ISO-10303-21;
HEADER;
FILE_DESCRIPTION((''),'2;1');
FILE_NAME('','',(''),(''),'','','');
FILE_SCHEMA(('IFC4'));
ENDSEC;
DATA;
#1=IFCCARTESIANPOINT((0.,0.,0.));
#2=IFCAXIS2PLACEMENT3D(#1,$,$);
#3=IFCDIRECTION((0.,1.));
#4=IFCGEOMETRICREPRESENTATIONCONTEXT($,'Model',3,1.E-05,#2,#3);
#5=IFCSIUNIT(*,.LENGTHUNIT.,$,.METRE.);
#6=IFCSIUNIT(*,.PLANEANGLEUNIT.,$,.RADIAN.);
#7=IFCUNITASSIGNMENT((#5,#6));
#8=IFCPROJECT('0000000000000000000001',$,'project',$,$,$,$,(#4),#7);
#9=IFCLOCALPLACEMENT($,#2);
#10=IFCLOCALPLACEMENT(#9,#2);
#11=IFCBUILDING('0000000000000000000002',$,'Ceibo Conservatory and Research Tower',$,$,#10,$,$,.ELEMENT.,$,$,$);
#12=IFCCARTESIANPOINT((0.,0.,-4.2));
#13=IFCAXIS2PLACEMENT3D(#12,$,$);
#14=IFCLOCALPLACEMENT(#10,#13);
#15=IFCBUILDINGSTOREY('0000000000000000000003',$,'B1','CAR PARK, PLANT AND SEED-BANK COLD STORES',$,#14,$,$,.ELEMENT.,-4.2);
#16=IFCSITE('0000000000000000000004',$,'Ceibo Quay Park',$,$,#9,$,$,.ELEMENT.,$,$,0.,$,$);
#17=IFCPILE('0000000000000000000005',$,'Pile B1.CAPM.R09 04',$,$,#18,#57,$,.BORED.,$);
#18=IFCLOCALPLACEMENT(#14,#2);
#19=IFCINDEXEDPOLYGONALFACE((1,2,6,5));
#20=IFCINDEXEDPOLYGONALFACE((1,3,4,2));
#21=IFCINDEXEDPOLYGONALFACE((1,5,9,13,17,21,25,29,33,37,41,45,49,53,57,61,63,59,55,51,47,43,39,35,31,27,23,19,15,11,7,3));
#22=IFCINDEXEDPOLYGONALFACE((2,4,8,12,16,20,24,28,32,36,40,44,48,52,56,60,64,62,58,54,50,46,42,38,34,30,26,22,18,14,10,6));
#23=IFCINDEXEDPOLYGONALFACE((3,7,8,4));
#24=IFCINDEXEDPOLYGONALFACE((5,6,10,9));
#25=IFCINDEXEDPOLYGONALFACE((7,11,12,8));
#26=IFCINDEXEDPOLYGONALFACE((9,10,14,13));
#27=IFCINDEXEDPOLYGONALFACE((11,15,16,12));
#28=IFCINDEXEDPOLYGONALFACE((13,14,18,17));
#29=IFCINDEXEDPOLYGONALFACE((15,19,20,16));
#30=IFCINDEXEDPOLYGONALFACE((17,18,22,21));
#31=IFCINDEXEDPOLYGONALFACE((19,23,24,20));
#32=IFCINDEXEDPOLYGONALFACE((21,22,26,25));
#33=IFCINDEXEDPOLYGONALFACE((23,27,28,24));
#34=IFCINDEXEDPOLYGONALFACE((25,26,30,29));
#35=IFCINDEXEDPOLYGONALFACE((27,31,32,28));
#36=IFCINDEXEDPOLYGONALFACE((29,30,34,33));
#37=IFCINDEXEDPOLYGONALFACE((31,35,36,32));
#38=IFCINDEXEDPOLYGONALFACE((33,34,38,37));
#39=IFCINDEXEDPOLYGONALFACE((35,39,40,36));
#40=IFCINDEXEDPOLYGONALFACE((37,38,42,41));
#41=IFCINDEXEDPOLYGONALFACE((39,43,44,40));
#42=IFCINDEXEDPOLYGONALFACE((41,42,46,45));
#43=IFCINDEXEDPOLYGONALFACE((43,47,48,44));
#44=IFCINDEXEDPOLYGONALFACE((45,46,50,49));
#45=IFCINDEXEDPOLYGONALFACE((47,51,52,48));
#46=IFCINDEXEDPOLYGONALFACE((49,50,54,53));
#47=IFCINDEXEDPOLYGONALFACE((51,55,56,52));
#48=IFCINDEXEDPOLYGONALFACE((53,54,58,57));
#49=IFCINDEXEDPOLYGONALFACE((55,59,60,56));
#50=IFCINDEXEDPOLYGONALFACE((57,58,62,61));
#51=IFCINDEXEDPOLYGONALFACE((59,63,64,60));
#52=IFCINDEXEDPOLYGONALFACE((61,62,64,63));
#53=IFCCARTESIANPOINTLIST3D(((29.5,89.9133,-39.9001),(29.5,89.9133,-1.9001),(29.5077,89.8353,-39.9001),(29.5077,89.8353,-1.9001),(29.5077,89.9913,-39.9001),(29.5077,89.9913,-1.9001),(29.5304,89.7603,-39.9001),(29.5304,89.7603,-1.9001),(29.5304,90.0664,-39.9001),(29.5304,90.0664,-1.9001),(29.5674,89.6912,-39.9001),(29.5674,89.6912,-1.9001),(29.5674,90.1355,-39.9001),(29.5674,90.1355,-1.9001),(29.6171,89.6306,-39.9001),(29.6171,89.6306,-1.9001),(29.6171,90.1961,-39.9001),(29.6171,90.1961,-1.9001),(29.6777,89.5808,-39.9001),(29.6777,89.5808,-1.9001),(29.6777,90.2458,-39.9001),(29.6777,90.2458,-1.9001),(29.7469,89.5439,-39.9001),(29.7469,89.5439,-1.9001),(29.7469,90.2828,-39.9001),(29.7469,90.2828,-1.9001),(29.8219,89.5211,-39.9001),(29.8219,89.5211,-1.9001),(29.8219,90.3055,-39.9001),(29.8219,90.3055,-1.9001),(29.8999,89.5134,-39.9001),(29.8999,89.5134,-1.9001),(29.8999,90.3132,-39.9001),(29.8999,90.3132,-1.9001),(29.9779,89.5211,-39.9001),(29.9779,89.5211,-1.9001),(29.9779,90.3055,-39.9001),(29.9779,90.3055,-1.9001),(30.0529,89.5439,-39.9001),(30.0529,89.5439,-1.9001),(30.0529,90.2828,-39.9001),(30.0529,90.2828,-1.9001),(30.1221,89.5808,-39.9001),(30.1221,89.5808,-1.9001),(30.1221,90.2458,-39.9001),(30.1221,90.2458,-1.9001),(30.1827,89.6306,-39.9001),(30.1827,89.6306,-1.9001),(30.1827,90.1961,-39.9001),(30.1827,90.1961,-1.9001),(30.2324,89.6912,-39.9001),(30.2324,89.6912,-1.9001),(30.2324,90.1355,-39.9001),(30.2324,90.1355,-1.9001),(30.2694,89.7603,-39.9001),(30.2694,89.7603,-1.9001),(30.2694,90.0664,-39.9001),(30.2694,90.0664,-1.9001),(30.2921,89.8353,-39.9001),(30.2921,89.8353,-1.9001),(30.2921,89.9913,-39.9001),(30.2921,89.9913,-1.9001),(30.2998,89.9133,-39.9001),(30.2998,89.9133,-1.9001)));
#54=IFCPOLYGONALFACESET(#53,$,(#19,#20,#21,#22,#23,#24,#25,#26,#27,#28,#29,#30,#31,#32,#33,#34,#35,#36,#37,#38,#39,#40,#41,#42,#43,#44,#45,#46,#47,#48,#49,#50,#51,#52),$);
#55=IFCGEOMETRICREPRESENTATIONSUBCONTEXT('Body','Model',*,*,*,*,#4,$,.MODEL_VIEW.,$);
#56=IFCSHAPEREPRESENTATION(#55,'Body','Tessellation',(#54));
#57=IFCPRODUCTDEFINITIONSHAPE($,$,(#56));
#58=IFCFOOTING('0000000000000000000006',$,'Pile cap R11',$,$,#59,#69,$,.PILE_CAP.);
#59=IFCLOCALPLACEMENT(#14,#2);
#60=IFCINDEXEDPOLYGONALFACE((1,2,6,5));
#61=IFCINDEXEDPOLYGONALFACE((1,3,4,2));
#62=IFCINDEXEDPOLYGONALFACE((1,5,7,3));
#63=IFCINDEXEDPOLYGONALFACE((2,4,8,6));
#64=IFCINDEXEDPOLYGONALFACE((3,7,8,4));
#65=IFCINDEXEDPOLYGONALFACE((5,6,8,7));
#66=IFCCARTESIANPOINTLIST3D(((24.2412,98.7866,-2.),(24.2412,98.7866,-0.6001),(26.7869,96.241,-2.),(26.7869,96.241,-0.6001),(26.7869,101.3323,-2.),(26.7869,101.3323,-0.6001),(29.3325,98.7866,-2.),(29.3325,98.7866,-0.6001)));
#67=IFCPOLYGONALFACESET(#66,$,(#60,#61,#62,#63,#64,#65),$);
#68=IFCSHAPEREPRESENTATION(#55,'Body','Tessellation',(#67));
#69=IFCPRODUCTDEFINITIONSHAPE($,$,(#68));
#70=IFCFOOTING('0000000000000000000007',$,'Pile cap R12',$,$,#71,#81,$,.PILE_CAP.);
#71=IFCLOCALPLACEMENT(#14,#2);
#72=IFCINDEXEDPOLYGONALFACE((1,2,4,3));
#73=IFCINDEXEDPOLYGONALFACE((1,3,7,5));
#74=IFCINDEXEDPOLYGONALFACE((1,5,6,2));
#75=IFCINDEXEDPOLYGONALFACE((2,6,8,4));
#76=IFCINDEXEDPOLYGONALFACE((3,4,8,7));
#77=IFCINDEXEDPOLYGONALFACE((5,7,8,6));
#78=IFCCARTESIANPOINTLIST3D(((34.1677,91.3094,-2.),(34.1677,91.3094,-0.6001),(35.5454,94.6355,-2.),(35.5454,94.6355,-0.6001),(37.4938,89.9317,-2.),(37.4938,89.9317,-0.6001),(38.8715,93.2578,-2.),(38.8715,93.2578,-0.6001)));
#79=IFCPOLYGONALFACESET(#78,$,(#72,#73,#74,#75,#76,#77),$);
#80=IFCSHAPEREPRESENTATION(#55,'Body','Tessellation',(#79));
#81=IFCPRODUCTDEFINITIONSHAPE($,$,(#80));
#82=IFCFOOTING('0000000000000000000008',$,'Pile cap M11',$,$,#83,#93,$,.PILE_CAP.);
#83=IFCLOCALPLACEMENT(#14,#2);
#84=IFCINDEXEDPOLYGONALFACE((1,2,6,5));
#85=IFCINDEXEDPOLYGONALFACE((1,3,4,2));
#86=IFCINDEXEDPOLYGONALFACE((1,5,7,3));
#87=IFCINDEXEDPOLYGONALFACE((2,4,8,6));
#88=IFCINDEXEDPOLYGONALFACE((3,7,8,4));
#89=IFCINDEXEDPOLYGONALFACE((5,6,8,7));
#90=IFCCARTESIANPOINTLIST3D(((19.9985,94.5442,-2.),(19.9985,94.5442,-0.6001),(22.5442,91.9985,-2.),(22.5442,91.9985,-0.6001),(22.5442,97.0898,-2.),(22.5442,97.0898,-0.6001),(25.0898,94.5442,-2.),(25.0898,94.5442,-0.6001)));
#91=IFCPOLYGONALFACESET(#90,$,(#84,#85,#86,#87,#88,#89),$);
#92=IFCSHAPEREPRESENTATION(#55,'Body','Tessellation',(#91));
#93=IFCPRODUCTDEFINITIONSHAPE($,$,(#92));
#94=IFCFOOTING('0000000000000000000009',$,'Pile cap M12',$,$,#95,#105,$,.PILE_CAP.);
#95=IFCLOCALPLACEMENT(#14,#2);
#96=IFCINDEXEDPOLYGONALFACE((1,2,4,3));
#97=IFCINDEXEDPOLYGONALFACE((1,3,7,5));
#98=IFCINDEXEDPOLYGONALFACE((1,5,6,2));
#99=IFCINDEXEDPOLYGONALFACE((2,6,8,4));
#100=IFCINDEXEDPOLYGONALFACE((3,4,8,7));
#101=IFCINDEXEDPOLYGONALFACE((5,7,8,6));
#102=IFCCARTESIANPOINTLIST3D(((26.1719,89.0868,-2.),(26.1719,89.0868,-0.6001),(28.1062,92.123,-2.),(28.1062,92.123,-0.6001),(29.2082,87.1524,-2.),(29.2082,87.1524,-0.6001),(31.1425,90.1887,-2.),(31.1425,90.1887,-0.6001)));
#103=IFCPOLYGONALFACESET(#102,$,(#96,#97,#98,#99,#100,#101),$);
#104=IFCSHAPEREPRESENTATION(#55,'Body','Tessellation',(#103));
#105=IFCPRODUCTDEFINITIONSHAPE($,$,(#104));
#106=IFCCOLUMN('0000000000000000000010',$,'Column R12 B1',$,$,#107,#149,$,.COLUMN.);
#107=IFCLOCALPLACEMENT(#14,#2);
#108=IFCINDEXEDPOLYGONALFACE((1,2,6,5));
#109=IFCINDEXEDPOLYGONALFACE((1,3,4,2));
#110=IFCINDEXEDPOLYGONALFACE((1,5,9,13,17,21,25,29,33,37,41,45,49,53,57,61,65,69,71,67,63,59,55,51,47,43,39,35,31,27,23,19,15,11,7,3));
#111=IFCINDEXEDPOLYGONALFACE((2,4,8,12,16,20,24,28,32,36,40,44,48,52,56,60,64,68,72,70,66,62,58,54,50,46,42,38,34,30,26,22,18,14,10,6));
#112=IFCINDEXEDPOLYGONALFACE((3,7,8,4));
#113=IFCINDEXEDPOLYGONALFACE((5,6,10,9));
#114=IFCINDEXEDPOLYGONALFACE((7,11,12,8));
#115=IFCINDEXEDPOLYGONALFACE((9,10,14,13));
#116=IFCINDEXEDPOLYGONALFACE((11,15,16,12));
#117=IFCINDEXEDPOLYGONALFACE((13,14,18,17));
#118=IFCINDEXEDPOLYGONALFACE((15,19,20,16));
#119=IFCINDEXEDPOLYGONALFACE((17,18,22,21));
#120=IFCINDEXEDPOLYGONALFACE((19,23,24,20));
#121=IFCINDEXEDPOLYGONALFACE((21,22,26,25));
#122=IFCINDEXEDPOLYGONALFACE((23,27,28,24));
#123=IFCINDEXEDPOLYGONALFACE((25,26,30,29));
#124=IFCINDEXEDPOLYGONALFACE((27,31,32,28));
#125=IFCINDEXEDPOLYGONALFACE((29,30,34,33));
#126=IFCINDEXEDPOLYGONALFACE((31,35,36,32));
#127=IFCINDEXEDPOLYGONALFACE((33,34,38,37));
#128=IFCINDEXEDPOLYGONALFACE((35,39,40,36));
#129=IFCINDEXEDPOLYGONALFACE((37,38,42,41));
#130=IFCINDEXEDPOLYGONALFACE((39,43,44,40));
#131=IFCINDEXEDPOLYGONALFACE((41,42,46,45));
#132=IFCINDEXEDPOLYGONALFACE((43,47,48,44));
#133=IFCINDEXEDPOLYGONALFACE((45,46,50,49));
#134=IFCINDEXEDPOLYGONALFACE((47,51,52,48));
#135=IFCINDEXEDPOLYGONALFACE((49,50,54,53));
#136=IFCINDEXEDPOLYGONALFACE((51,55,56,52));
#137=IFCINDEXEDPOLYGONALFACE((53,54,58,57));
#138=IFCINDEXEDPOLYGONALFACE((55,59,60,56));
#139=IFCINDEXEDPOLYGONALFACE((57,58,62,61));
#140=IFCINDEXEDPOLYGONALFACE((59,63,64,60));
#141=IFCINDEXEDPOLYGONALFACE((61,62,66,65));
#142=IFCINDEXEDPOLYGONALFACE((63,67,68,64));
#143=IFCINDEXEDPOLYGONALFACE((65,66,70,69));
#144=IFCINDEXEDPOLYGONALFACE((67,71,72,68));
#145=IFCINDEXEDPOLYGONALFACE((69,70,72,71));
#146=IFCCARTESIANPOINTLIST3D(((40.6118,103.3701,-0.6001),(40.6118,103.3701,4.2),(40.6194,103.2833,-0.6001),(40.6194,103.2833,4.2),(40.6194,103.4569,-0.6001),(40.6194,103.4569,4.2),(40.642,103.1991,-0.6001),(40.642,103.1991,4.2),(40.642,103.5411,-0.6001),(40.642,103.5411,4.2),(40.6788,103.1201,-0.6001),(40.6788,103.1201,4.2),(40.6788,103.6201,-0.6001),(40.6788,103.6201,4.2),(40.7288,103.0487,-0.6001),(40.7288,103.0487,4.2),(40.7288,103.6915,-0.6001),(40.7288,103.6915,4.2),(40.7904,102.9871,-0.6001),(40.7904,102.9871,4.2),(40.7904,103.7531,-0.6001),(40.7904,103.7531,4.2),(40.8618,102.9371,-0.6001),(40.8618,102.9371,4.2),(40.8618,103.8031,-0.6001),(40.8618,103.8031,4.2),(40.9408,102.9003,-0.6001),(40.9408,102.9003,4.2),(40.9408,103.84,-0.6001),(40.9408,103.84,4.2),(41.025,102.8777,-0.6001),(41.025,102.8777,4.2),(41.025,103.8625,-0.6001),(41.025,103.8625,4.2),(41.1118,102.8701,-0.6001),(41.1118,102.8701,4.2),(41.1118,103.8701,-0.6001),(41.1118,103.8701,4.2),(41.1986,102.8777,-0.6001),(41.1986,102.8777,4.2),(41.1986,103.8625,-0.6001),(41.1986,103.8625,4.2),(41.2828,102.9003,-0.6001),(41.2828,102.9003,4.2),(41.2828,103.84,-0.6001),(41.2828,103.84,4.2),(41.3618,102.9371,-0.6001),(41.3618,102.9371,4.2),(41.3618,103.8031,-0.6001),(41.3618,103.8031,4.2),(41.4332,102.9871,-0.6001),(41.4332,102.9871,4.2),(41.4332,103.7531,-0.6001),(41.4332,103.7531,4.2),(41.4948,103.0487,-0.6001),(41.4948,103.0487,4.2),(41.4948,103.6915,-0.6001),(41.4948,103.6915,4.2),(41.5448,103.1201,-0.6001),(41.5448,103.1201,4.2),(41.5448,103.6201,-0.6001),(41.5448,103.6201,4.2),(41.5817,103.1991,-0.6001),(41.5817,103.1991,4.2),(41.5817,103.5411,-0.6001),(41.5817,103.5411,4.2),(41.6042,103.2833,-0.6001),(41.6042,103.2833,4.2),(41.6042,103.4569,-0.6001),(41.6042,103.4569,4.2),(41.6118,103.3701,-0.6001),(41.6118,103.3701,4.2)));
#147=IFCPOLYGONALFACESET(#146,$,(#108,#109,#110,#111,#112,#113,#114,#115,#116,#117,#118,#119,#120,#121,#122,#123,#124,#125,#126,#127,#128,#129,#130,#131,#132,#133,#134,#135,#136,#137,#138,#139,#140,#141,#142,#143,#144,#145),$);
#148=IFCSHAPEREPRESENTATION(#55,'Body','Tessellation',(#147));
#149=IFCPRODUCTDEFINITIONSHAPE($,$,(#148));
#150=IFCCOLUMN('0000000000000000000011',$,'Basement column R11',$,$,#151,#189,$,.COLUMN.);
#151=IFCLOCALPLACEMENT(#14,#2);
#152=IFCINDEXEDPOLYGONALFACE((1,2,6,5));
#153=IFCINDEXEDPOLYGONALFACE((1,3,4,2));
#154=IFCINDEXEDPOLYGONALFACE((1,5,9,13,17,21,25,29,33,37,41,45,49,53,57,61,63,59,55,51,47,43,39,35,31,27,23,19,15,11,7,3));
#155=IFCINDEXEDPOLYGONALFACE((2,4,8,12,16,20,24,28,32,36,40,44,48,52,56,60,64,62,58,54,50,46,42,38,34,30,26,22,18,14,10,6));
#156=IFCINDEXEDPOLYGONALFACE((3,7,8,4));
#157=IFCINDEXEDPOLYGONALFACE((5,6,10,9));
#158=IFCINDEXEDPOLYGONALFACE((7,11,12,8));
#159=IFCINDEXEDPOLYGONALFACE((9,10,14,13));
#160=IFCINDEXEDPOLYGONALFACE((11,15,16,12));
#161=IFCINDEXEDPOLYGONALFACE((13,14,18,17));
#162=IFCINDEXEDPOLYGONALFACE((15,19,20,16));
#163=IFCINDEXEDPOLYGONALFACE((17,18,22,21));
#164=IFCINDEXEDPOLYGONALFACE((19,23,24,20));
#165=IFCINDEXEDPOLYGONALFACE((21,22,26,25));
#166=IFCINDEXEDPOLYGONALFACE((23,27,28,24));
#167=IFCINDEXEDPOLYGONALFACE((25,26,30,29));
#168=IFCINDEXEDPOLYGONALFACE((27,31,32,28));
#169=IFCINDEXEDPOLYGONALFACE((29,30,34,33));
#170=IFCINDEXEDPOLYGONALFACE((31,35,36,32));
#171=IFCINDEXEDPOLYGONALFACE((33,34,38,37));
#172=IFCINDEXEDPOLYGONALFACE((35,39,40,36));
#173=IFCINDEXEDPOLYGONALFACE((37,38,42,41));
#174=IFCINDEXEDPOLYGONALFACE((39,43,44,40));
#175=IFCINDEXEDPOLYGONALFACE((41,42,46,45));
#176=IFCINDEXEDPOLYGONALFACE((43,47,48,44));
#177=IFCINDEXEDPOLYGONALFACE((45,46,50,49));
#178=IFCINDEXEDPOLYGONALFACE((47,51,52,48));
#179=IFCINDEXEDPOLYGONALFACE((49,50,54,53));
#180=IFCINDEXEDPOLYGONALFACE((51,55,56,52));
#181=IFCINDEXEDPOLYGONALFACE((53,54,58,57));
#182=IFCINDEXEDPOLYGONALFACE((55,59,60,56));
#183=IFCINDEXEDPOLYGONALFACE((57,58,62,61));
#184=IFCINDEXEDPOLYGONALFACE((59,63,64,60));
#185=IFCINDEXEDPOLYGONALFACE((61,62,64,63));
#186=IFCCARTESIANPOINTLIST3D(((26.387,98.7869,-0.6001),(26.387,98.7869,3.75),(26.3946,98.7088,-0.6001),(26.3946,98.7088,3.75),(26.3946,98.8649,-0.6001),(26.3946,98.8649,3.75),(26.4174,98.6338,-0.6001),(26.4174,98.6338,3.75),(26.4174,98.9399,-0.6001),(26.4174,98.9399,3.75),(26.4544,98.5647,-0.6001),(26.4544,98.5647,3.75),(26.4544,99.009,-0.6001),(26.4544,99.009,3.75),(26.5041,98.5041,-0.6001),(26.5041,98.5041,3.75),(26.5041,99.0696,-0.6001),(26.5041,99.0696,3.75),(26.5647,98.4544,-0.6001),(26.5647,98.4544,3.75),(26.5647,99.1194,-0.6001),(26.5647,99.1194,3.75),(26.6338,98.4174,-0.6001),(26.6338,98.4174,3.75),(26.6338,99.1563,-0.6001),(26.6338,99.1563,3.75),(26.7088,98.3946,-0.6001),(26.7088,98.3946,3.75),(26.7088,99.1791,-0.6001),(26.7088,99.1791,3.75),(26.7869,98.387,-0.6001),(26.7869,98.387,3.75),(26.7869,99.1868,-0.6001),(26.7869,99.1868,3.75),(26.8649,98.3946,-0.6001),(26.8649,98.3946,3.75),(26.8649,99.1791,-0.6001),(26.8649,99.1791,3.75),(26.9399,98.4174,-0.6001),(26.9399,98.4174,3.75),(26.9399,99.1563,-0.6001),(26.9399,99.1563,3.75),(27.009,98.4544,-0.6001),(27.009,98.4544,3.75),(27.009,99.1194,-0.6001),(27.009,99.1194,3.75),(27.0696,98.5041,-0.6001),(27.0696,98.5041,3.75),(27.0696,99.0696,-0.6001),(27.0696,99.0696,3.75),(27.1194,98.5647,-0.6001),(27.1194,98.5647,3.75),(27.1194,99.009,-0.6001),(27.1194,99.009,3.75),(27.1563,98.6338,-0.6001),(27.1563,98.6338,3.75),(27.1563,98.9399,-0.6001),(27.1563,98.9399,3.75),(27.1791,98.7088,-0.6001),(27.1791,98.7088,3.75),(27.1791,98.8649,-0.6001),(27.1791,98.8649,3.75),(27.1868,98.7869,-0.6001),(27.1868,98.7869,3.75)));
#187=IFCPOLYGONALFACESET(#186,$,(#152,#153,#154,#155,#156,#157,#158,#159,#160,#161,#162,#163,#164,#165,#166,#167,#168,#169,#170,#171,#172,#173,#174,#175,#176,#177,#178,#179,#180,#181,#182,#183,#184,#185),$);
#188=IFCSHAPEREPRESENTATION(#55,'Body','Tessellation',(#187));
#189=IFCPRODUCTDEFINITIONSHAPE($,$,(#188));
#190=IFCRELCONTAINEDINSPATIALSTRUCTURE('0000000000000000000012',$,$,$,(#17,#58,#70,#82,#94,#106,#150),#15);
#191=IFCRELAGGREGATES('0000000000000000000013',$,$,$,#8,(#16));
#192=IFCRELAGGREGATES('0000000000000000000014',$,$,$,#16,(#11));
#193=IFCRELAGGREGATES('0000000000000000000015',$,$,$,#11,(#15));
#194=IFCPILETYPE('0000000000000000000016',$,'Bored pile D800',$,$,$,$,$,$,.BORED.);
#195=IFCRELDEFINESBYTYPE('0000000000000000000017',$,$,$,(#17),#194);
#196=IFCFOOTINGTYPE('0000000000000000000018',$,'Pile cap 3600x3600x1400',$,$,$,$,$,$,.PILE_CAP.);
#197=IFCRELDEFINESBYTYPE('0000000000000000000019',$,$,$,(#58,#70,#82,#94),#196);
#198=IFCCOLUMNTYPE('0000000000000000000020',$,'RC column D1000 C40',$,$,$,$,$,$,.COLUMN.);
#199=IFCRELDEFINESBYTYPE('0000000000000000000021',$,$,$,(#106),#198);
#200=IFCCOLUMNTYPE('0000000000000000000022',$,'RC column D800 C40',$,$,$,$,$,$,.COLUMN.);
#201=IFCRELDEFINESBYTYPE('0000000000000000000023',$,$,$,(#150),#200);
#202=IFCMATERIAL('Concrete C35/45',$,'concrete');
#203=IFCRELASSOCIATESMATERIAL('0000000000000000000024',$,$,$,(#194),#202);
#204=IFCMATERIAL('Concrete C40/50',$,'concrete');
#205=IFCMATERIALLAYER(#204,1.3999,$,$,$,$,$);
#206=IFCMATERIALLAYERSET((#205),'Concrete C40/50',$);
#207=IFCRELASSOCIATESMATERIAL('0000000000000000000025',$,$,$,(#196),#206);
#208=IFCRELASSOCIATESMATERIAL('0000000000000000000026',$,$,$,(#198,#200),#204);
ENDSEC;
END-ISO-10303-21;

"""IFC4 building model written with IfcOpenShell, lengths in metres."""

from ifc_helpers import new_model, si_unit, direction, frame, origin, origin_2d, place, context, subcontext, project, spatial, polyline, circle, outline, extrude, material, layer, layer_set, material_profile, profile_set, type_object, element, save


model = new_model("IFC4")

# Units and contexts
model_context = context("Model", 3, precision=1e-05, world=origin(), true_north=direction((0.0, 1.0)))
body_context = subcontext(model_context, "Body", "Model", "MODEL_VIEW")
ifc_project = project(units=[si_unit("LENGTHUNIT", "METRE"), si_unit("PLANEANGLEUNIT", "RADIAN")], contexts=[model_context])

# Site, building, storey
site_placement = place(None, origin())
site = spatial("IfcSite", under=ifc_project, at=site_placement, Name="Ceibo Quay Park", CompositionType="ELEMENT", RefElevation=0.0)
building_placement = place(site_placement, origin())
building = spatial("IfcBuilding", under=site, at=building_placement, Name="Ceibo Conservatory and Research Tower", CompositionType="ELEMENT")
storey_placement = place(building_placement, frame((0.0, 0.0, -4.2)))
storey = spatial("IfcBuildingStorey", under=building, at=storey_placement, Name="B1", Description="CAR PARK, PLANT AND SEED-BANK COLD STORES", CompositionType="ELEMENT", Elevation=-4.2)

# Pile
ifc_material_1 = material(Name="Concrete C35/45", Category="concrete")
ifc_material_profile_1 = material_profile(ifc_material_1, circle(Radius=0.3999, at=origin_2d()), Name="RC D800")
ifc_profile_set_1 = profile_set([ifc_material_profile_1], Name="Concrete C35/45")
pile_type_1 = type_object("IfcPileType", Name="Bored pile D800", PredefinedType="BORED", material=ifc_profile_set_1)
for number, where, z_axis, x_axis, name in (
    (1, (29.8999, 89.9133, -1.9001), (0.0, 0.0, -1.0), (1.0, 0.0, 0.0), "Pile B1.CAPM.R09 04"),
):
    element("IfcPile", number, at=place(storey_placement, frame(where, z_axis=z_axis, x_axis=x_axis)), inside=storey, type_object=pile_type_1, Name=name, PredefinedType="BORED", context=body_context, shape_type="SweptSolid", body=[
        extrude(circle(Radius=0.3999, at=origin_2d()), origin(), (0.0, 0.0, 1.0), 38.0),
    ])

# Footings
ifc_material_2 = material(Name="Concrete C40/50", Category="concrete")
ifc_layer_1 = layer(ifc_material_2, 1.3999)
ifc_layer_set_1 = layer_set([ifc_layer_1], Name="Concrete C40/50")
footing_type = type_object("IfcFootingType", Name="Pile cap 3600x3600x1400", PredefinedType="PILE_CAP", material=ifc_layer_set_1)
for number, where, z_axis, x_axis, name in (
    (2, (26.7869, 101.3323, -2.0), (0.0, 0.0, 1.0), (-0.707107, -0.707107, 0.0), "Pile cap R11"),
    (3, (35.5454, 94.6355, -2.0), (0.0, 0.0, 1.0), (-0.382683, -0.92388, 0.0), "Pile cap R12"),
    (4, (22.5442, 97.0898, -2.0), (0.0, 0.0, 1.0), (-0.707107, -0.707107, 0.0), "Pile cap M11"),
    (5, (28.1062, 92.123, -2.0), (0.0, 0.0, 1.0), (-0.5373, -0.843391, 0.0), "Pile cap M12"),
):
    element("IfcFooting", number, at=place(storey_placement, frame(where, z_axis=z_axis, x_axis=x_axis)), inside=storey, type_object=footing_type, Name=name, PredefinedType="PILE_CAP", context=body_context, shape_type="SweptSolid", body=[
        extrude(outline(polyline([(0.0, 0.0), (3.6001, 0.0), (3.6001, 3.6001), (0.0, 3.6001), (0.0, 0.0)])), origin(), (0.0, 0.0, 1.0), 1.3999),
    ])

# Columns
ifc_material_profile_2 = material_profile(ifc_material_2, circle(Radius=0.5, at=origin_2d()), Name="RC D1000")
ifc_profile_set_2 = profile_set([ifc_material_profile_2], Name="Concrete C40/50")
column_type_1 = type_object("IfcColumnType", Name="RC column D1000 C40", PredefinedType="COLUMN", material=ifc_profile_set_2)
column_placement = place(storey_placement, frame((41.1118, 103.3701, -0.6001), z_axis=(0.0, 0.0, 1.0), x_axis=(1.0, 0.0, 0.0)))
element("IfcColumn", 6, at=column_placement, inside=storey, type_object=column_type_1, Name="Column R12 B1", PredefinedType="COLUMN", context=body_context, shape_type="SweptSolid", body=[
    extrude(circle(Radius=0.5, at=origin_2d()), origin(), (0.0, 0.0, 1.0), 4.8),
])
ifc_material_profile_3 = material_profile(ifc_material_2, circle(Radius=0.3999, at=origin_2d()), Name="RC D800")
ifc_profile_set_3 = profile_set([ifc_material_profile_3], Name="Concrete C40/50")
column_type_2 = type_object("IfcColumnType", Name="RC column D800 C40", PredefinedType="COLUMN", material=ifc_profile_set_3)
for number, where, z_axis, x_axis, name in (
    (7, (26.7869, 98.7869, -0.6001), (0.0, 0.0, 1.0), (1.0, 0.0, 0.0), "Basement column R11"),
):
    element("IfcColumn", number, at=place(storey_placement, frame(where, z_axis=z_axis, x_axis=x_axis)), inside=storey, type_object=column_type_2, Name=name, PredefinedType="COLUMN", context=body_context, shape_type="SweptSolid", body=[
        extrude(circle(Radius=0.3999, at=origin_2d()), origin(), (0.0, 0.0, 1.0), 4.3501),
    ])

save(model, "model.ifc")
